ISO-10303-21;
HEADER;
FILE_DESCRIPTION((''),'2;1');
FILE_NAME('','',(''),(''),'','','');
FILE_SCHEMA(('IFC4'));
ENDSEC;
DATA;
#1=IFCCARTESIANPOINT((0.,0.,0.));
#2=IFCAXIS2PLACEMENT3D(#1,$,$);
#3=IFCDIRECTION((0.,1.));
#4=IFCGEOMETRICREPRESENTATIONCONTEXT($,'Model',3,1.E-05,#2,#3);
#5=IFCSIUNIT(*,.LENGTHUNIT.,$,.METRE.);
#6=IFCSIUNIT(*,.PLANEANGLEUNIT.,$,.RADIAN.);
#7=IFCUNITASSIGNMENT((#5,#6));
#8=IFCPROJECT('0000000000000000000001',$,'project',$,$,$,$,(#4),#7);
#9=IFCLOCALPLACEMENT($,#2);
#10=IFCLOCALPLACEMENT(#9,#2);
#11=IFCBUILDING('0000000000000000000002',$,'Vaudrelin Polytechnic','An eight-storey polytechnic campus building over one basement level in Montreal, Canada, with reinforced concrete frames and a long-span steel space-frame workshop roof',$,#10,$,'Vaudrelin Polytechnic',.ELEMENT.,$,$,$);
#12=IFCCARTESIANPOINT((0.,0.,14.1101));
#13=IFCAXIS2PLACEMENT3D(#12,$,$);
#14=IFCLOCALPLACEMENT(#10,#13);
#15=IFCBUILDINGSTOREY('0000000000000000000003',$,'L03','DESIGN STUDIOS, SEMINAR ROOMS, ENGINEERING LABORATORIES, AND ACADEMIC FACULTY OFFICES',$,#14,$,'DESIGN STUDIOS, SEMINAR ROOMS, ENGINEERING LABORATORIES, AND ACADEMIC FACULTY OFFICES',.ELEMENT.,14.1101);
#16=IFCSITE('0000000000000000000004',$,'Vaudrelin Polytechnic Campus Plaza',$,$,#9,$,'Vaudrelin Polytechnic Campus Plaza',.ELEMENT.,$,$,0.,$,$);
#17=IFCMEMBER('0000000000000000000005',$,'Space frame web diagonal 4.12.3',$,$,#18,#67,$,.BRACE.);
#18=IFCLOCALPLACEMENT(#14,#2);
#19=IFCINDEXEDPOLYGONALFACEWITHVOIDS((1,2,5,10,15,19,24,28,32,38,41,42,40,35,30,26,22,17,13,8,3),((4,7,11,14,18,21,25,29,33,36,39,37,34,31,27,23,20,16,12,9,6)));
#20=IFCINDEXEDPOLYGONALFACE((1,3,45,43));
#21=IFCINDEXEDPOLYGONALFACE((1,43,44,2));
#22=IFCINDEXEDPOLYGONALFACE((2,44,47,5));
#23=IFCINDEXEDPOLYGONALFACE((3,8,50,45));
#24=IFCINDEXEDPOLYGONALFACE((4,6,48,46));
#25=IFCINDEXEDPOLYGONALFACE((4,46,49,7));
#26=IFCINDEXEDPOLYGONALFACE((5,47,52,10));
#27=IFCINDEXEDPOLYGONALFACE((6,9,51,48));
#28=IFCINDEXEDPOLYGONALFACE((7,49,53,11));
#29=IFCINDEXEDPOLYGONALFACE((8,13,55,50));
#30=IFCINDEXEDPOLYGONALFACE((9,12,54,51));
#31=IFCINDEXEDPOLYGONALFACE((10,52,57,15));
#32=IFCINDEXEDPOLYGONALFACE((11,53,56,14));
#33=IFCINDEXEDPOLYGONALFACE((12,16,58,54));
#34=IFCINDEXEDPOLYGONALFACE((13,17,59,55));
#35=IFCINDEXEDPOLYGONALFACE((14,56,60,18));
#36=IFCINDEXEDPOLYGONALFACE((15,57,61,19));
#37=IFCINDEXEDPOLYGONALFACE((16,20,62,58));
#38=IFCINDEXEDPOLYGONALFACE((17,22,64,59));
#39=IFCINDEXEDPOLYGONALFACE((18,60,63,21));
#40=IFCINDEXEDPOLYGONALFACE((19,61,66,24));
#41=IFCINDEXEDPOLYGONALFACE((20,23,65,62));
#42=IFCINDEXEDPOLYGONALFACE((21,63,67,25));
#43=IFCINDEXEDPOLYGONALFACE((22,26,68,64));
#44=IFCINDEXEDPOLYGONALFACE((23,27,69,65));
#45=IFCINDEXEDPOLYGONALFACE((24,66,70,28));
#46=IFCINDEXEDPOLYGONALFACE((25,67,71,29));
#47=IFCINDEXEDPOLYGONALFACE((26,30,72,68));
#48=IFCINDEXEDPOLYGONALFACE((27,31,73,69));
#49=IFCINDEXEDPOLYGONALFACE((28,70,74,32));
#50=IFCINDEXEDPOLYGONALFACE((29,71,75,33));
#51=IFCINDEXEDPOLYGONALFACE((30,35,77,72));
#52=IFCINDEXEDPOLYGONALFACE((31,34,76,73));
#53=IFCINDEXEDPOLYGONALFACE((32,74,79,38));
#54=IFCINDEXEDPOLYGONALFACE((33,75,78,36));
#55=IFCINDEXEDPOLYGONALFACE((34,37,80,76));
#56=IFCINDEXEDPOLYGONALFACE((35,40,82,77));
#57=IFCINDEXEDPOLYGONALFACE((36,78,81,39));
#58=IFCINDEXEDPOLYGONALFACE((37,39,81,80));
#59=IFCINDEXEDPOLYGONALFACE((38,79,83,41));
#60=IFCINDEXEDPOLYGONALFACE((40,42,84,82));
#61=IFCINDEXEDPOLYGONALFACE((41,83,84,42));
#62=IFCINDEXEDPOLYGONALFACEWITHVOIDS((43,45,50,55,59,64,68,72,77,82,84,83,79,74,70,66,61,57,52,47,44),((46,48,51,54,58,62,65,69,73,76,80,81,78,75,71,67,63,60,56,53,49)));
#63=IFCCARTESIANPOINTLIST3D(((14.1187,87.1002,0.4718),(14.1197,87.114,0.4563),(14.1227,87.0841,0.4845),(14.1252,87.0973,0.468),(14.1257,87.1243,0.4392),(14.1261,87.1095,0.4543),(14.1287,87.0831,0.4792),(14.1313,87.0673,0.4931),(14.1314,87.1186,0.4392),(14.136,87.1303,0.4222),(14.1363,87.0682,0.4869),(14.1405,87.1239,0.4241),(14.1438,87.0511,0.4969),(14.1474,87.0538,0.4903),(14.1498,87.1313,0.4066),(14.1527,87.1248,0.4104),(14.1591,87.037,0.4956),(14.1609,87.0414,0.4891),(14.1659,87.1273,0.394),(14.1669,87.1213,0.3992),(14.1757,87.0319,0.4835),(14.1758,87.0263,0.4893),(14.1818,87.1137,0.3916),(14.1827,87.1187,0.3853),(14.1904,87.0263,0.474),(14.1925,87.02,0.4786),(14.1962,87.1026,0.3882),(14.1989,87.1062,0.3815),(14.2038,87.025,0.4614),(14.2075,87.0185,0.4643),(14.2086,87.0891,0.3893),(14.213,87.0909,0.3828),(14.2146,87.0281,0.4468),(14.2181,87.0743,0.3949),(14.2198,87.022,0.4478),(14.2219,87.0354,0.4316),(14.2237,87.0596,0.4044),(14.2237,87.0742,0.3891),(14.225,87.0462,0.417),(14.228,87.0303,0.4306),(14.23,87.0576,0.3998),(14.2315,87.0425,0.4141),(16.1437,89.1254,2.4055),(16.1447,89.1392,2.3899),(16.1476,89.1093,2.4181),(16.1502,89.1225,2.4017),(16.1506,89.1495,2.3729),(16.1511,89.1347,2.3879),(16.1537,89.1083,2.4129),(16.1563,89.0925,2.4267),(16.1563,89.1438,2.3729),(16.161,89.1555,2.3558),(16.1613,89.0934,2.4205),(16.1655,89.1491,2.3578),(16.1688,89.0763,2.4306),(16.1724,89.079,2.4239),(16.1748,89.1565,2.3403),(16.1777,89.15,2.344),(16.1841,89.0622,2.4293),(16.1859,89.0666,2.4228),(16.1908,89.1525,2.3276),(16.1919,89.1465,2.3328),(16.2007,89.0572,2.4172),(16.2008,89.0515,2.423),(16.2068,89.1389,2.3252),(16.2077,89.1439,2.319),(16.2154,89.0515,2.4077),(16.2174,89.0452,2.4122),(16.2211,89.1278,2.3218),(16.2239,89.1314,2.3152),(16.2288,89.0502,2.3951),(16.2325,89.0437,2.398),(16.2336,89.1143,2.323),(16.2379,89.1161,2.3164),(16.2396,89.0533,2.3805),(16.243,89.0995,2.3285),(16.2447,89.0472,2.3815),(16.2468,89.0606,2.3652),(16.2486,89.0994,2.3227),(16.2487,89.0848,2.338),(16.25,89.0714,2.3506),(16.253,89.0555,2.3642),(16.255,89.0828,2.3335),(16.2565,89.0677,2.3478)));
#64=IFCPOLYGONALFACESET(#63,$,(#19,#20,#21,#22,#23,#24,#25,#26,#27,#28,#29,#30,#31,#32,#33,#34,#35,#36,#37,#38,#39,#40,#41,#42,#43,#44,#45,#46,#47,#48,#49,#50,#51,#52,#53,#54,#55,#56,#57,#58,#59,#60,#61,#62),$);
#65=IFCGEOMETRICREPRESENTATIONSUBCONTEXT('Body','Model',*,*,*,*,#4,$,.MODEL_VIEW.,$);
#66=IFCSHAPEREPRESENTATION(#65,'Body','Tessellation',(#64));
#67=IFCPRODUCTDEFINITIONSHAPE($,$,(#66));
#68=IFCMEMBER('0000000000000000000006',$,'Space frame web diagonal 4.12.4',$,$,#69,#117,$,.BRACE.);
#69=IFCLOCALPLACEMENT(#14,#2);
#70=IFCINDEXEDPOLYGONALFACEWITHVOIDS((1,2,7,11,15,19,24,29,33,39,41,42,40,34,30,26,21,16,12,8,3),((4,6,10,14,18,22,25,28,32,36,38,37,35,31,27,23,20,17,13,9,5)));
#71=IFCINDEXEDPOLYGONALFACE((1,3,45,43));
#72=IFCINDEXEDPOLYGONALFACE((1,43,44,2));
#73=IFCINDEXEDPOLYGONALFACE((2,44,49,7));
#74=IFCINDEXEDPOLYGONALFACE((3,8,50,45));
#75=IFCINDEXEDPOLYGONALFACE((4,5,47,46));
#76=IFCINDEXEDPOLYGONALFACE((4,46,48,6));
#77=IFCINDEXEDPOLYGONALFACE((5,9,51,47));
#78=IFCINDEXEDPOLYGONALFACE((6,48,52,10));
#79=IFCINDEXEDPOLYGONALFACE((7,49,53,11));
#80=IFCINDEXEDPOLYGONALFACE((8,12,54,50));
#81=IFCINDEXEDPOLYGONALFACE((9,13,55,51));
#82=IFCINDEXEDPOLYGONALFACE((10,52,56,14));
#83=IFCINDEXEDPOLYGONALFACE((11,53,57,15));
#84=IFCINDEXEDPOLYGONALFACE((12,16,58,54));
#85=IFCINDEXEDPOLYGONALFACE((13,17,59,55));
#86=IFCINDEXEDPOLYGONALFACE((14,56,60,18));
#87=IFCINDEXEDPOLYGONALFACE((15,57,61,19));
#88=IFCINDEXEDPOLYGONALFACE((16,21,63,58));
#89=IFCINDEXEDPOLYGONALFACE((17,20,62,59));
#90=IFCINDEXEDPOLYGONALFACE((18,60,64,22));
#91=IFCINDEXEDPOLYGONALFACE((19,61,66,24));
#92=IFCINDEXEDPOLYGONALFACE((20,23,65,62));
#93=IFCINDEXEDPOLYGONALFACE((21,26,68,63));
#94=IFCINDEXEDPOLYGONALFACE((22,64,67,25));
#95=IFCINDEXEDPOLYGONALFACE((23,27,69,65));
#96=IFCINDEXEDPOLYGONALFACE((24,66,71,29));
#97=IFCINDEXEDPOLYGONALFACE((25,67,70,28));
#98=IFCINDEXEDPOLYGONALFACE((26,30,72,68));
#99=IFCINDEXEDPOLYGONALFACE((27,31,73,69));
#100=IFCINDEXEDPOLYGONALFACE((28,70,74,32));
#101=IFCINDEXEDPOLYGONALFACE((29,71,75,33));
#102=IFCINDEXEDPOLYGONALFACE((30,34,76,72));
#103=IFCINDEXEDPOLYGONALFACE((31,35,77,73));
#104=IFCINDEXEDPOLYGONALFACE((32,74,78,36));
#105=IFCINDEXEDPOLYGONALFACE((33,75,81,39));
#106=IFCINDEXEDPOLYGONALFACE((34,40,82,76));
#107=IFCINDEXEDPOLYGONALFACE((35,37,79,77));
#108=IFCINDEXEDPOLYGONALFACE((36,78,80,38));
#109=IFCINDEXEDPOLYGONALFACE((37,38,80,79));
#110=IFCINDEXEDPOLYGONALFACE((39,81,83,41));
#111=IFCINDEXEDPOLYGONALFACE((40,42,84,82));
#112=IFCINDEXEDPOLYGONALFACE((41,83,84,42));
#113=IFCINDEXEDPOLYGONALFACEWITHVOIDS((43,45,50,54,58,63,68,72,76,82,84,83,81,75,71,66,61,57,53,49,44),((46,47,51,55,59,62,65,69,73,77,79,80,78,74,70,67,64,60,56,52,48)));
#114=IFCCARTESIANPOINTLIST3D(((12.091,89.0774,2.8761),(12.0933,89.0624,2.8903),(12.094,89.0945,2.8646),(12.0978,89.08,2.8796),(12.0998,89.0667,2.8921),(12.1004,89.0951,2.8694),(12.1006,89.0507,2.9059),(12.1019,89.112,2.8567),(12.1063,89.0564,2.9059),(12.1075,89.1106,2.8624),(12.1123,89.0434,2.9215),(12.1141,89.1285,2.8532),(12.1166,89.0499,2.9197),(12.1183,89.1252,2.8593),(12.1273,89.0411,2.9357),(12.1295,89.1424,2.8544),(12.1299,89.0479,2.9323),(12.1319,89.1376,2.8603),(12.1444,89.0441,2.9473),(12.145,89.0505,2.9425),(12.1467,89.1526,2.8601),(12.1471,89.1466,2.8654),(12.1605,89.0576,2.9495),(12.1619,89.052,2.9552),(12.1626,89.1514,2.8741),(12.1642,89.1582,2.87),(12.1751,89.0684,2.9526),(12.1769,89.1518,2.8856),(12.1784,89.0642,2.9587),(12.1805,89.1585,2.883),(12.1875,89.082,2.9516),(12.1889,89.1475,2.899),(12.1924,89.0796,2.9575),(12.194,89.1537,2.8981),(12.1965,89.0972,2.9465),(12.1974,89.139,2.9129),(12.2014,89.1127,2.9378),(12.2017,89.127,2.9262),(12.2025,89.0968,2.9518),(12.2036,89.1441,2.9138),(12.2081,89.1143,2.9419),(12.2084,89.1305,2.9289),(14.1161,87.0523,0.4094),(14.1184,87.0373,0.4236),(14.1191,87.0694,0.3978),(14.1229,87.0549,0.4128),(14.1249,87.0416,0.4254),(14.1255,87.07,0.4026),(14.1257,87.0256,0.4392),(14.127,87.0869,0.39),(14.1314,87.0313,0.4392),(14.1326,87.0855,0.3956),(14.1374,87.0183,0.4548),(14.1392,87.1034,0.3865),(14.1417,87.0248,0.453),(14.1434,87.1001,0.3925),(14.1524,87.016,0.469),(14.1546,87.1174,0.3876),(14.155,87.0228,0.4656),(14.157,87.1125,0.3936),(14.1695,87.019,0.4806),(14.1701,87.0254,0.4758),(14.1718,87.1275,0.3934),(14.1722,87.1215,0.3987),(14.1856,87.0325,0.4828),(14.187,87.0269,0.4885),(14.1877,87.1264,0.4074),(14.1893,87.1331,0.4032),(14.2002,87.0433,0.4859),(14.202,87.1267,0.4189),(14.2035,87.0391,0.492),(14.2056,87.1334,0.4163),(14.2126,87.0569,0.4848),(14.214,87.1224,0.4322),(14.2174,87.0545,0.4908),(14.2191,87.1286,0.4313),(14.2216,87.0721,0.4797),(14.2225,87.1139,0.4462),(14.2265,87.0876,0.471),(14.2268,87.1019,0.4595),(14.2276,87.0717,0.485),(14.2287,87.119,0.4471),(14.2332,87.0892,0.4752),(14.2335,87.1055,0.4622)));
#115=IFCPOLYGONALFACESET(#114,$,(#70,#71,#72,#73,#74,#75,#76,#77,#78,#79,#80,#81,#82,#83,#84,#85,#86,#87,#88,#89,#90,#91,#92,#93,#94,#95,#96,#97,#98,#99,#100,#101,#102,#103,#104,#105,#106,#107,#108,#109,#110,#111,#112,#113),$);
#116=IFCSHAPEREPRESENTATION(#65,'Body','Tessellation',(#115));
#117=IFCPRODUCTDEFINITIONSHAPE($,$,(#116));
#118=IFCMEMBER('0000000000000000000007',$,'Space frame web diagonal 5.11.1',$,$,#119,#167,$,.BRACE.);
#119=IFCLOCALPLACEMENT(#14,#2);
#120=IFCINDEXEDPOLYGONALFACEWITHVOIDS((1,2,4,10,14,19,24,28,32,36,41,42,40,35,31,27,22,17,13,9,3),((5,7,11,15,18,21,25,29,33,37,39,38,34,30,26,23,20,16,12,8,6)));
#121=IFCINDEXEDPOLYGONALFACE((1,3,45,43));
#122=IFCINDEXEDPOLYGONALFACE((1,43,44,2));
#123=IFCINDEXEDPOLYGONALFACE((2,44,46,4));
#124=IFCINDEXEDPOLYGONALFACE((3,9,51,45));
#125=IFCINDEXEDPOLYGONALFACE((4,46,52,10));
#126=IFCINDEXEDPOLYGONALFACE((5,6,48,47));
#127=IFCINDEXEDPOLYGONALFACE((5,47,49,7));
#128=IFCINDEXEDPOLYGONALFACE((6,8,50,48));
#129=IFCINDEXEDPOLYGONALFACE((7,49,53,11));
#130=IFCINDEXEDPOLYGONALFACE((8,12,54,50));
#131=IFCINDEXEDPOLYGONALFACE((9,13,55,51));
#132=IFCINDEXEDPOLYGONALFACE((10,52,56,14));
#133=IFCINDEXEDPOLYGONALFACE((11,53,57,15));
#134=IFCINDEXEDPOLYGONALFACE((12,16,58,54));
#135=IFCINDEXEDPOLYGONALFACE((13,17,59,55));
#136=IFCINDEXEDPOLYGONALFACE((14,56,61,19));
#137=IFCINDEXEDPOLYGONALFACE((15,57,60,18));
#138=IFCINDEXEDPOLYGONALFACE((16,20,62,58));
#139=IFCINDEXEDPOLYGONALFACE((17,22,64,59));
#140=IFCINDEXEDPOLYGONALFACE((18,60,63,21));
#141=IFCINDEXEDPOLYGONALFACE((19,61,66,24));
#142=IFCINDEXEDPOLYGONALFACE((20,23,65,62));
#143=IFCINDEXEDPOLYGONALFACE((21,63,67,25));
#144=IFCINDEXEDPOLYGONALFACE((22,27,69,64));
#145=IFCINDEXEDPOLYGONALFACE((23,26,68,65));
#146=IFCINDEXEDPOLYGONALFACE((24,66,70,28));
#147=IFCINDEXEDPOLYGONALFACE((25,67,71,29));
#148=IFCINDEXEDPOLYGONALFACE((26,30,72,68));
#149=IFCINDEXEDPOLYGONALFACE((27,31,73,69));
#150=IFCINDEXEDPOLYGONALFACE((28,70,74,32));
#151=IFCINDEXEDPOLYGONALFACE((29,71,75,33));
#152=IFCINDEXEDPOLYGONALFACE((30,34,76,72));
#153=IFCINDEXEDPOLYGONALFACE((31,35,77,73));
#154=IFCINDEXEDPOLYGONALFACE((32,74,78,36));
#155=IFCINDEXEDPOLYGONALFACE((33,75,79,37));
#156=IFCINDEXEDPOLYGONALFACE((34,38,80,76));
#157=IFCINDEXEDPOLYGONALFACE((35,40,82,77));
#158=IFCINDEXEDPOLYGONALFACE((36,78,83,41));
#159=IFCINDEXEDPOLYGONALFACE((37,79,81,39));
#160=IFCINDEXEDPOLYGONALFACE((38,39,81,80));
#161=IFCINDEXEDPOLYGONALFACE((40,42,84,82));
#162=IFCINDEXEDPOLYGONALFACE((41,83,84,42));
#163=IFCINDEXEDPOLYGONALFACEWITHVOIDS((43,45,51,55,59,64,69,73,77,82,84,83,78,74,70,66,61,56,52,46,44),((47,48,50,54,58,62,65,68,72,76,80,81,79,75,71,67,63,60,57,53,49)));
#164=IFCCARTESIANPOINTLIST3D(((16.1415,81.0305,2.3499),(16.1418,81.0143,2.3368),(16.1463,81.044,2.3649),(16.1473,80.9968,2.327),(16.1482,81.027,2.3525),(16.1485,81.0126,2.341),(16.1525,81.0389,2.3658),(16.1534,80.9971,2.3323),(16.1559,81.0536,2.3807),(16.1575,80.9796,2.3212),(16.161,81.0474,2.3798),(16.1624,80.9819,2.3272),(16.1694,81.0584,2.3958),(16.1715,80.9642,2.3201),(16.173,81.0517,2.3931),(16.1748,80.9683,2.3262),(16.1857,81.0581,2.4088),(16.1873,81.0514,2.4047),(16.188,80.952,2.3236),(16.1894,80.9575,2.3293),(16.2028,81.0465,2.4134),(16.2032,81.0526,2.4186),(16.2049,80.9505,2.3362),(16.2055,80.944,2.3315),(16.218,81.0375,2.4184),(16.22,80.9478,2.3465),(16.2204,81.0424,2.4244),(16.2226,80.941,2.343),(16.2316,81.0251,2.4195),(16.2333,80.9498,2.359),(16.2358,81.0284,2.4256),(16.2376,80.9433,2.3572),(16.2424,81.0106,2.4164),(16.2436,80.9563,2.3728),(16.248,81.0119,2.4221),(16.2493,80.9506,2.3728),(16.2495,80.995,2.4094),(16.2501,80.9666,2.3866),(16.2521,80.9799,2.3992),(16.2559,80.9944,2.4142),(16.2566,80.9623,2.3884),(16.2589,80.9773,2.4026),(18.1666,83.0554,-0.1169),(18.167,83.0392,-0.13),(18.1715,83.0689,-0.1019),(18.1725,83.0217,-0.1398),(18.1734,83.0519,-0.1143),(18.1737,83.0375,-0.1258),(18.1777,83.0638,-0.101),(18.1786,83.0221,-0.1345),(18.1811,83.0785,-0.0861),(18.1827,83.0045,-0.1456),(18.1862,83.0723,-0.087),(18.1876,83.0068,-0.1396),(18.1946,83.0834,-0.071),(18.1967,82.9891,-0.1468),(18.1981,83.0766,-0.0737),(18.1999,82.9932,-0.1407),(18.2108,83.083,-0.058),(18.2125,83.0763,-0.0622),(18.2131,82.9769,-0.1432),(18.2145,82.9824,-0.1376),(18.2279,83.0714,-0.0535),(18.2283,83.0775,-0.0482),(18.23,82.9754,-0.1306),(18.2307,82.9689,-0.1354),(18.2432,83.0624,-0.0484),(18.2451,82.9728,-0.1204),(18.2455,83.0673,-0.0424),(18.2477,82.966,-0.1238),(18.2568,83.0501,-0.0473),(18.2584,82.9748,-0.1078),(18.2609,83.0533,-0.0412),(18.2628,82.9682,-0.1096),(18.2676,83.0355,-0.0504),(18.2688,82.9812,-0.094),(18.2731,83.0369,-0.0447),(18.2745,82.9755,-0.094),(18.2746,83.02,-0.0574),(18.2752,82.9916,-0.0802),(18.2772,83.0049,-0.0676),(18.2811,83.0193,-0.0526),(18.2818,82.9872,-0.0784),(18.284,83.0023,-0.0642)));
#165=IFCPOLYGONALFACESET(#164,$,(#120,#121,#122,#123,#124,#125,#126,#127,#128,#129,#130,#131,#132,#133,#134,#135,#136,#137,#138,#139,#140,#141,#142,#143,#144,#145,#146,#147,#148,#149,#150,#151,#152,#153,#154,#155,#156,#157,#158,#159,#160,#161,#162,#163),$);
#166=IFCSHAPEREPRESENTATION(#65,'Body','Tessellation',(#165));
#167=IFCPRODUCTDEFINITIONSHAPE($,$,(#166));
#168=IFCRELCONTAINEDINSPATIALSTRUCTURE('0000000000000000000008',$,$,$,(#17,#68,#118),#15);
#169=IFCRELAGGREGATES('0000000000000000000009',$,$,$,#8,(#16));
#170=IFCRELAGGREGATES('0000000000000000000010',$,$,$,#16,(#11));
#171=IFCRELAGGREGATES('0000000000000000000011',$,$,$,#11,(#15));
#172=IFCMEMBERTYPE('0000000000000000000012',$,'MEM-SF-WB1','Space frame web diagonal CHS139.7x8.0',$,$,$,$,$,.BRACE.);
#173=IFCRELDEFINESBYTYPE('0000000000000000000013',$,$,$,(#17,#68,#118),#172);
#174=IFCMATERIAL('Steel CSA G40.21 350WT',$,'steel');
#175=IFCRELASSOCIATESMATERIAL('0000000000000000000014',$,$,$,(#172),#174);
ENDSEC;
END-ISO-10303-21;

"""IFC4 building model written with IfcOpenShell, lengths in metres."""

from ifc_helpers import new_model, si_unit, direction, frame, origin, origin_2d, place, context, subcontext, project, spatial, hollow_circle, extrude, material, material_profile, profile_set, type_object, element, save


model = new_model("IFC4")

# Units and contexts
model_context = context("Model", 3, precision=1e-05, world=origin(), true_north=direction((0.0, 1.0)))
body_context = subcontext(model_context, "Body", "Model", "MODEL_VIEW")
ifc_project = project(units=[si_unit("LENGTHUNIT", "METRE"), si_unit("PLANEANGLEUNIT", "RADIAN")], contexts=[model_context])

# Site, building, storey
site_placement = place(None, origin())
site = spatial("IfcSite", under=ifc_project, at=site_placement, Name="Vaudrelin Polytechnic Campus Plaza", LongName="Vaudrelin Polytechnic Campus Plaza", CompositionType="ELEMENT", RefElevation=0.0)
building_placement = place(site_placement, origin())
building = spatial("IfcBuilding", under=site, at=building_placement, Name="Vaudrelin Polytechnic", Description="An eight-storey polytechnic campus building over one basement level in Montreal, Canada, with reinforced concrete frames and a long-span steel space-frame workshop roof", LongName="Vaudrelin Polytechnic", CompositionType="ELEMENT")
storey_placement = place(building_placement, frame((0.0, 0.0, 14.1101)))
storey = spatial("IfcBuildingStorey", under=building, at=storey_placement, Name="L03", Description="DESIGN STUDIOS, SEMINAR ROOMS, ENGINEERING LABORATORIES, AND ACADEMIC FACULTY OFFICES", LongName="DESIGN STUDIOS, SEMINAR ROOMS, ENGINEERING LABORATORIES, AND ACADEMIC FACULTY OFFICES", CompositionType="ELEMENT", Elevation=14.1101)

# Members
ifc_material = material(Name="Steel CSA G40.21 350WT", Category="steel")
ifc_material_profile_1 = material_profile(ifc_material, hollow_circle(Radius=0.0698, WallThickness=0.0081, at=origin_2d()), Name="CHS139.7x8.0")
ifc_profile_set_1 = profile_set([ifc_material_profile_1], Name="Steel CSA G40.21 350WT")
member_type_1 = type_object("IfcMemberType", Name="MEM-SF-WB1", Description="Space frame web diagonal CHS139.7x8.0", PredefinedType="BRACE", material=ifc_profile_set_1)
member_1_placement = place(storey_placement, frame((14.175, 87.075, 0.4392), z_axis=(0.586, 0.586071, 0.559576), x_axis=(-0.707149, 0.707064, 0.0)))
element("IfcMember", 1, at=member_1_placement, inside=storey, type_object=member_type_1, Name="Space frame web diagonal 4.12.3", PredefinedType="BRACE", context=body_context, shape_type="SweptSolid", body=[
    extrude(hollow_circle(Radius=0.0698, WallThickness=0.0081, at=origin_2d()), origin(), (0.0, 0.0, 1.0), 3.4556),
])
for number, where, z_axis, x_axis, name in (
    (2, (14.175, 87.075, 0.4392), (-0.535769, 0.535769, 0.652612), (-0.707107, -0.707107, 0.0), "Space frame web diagonal 4.12.4"),
    (3, (18.2251, 83.0249, -0.094), (-0.535788, -0.535723, 0.652634), (0.707064, -0.707149, 0.0), "Space frame web diagonal 5.11.1"),
):
    element("IfcMember", number, at=place(storey_placement, frame(where, z_axis=z_axis, x_axis=x_axis)), inside=storey, type_object=member_type_1, Name=name, PredefinedType="BRACE", context=body_context, shape_type="SweptSolid", body=[
        extrude(hollow_circle(Radius=0.0698, WallThickness=0.0081, at=origin_2d()), origin(), (0.0, 0.0, 1.0), 3.7798),
    ])

save(model, "model.ifc")
